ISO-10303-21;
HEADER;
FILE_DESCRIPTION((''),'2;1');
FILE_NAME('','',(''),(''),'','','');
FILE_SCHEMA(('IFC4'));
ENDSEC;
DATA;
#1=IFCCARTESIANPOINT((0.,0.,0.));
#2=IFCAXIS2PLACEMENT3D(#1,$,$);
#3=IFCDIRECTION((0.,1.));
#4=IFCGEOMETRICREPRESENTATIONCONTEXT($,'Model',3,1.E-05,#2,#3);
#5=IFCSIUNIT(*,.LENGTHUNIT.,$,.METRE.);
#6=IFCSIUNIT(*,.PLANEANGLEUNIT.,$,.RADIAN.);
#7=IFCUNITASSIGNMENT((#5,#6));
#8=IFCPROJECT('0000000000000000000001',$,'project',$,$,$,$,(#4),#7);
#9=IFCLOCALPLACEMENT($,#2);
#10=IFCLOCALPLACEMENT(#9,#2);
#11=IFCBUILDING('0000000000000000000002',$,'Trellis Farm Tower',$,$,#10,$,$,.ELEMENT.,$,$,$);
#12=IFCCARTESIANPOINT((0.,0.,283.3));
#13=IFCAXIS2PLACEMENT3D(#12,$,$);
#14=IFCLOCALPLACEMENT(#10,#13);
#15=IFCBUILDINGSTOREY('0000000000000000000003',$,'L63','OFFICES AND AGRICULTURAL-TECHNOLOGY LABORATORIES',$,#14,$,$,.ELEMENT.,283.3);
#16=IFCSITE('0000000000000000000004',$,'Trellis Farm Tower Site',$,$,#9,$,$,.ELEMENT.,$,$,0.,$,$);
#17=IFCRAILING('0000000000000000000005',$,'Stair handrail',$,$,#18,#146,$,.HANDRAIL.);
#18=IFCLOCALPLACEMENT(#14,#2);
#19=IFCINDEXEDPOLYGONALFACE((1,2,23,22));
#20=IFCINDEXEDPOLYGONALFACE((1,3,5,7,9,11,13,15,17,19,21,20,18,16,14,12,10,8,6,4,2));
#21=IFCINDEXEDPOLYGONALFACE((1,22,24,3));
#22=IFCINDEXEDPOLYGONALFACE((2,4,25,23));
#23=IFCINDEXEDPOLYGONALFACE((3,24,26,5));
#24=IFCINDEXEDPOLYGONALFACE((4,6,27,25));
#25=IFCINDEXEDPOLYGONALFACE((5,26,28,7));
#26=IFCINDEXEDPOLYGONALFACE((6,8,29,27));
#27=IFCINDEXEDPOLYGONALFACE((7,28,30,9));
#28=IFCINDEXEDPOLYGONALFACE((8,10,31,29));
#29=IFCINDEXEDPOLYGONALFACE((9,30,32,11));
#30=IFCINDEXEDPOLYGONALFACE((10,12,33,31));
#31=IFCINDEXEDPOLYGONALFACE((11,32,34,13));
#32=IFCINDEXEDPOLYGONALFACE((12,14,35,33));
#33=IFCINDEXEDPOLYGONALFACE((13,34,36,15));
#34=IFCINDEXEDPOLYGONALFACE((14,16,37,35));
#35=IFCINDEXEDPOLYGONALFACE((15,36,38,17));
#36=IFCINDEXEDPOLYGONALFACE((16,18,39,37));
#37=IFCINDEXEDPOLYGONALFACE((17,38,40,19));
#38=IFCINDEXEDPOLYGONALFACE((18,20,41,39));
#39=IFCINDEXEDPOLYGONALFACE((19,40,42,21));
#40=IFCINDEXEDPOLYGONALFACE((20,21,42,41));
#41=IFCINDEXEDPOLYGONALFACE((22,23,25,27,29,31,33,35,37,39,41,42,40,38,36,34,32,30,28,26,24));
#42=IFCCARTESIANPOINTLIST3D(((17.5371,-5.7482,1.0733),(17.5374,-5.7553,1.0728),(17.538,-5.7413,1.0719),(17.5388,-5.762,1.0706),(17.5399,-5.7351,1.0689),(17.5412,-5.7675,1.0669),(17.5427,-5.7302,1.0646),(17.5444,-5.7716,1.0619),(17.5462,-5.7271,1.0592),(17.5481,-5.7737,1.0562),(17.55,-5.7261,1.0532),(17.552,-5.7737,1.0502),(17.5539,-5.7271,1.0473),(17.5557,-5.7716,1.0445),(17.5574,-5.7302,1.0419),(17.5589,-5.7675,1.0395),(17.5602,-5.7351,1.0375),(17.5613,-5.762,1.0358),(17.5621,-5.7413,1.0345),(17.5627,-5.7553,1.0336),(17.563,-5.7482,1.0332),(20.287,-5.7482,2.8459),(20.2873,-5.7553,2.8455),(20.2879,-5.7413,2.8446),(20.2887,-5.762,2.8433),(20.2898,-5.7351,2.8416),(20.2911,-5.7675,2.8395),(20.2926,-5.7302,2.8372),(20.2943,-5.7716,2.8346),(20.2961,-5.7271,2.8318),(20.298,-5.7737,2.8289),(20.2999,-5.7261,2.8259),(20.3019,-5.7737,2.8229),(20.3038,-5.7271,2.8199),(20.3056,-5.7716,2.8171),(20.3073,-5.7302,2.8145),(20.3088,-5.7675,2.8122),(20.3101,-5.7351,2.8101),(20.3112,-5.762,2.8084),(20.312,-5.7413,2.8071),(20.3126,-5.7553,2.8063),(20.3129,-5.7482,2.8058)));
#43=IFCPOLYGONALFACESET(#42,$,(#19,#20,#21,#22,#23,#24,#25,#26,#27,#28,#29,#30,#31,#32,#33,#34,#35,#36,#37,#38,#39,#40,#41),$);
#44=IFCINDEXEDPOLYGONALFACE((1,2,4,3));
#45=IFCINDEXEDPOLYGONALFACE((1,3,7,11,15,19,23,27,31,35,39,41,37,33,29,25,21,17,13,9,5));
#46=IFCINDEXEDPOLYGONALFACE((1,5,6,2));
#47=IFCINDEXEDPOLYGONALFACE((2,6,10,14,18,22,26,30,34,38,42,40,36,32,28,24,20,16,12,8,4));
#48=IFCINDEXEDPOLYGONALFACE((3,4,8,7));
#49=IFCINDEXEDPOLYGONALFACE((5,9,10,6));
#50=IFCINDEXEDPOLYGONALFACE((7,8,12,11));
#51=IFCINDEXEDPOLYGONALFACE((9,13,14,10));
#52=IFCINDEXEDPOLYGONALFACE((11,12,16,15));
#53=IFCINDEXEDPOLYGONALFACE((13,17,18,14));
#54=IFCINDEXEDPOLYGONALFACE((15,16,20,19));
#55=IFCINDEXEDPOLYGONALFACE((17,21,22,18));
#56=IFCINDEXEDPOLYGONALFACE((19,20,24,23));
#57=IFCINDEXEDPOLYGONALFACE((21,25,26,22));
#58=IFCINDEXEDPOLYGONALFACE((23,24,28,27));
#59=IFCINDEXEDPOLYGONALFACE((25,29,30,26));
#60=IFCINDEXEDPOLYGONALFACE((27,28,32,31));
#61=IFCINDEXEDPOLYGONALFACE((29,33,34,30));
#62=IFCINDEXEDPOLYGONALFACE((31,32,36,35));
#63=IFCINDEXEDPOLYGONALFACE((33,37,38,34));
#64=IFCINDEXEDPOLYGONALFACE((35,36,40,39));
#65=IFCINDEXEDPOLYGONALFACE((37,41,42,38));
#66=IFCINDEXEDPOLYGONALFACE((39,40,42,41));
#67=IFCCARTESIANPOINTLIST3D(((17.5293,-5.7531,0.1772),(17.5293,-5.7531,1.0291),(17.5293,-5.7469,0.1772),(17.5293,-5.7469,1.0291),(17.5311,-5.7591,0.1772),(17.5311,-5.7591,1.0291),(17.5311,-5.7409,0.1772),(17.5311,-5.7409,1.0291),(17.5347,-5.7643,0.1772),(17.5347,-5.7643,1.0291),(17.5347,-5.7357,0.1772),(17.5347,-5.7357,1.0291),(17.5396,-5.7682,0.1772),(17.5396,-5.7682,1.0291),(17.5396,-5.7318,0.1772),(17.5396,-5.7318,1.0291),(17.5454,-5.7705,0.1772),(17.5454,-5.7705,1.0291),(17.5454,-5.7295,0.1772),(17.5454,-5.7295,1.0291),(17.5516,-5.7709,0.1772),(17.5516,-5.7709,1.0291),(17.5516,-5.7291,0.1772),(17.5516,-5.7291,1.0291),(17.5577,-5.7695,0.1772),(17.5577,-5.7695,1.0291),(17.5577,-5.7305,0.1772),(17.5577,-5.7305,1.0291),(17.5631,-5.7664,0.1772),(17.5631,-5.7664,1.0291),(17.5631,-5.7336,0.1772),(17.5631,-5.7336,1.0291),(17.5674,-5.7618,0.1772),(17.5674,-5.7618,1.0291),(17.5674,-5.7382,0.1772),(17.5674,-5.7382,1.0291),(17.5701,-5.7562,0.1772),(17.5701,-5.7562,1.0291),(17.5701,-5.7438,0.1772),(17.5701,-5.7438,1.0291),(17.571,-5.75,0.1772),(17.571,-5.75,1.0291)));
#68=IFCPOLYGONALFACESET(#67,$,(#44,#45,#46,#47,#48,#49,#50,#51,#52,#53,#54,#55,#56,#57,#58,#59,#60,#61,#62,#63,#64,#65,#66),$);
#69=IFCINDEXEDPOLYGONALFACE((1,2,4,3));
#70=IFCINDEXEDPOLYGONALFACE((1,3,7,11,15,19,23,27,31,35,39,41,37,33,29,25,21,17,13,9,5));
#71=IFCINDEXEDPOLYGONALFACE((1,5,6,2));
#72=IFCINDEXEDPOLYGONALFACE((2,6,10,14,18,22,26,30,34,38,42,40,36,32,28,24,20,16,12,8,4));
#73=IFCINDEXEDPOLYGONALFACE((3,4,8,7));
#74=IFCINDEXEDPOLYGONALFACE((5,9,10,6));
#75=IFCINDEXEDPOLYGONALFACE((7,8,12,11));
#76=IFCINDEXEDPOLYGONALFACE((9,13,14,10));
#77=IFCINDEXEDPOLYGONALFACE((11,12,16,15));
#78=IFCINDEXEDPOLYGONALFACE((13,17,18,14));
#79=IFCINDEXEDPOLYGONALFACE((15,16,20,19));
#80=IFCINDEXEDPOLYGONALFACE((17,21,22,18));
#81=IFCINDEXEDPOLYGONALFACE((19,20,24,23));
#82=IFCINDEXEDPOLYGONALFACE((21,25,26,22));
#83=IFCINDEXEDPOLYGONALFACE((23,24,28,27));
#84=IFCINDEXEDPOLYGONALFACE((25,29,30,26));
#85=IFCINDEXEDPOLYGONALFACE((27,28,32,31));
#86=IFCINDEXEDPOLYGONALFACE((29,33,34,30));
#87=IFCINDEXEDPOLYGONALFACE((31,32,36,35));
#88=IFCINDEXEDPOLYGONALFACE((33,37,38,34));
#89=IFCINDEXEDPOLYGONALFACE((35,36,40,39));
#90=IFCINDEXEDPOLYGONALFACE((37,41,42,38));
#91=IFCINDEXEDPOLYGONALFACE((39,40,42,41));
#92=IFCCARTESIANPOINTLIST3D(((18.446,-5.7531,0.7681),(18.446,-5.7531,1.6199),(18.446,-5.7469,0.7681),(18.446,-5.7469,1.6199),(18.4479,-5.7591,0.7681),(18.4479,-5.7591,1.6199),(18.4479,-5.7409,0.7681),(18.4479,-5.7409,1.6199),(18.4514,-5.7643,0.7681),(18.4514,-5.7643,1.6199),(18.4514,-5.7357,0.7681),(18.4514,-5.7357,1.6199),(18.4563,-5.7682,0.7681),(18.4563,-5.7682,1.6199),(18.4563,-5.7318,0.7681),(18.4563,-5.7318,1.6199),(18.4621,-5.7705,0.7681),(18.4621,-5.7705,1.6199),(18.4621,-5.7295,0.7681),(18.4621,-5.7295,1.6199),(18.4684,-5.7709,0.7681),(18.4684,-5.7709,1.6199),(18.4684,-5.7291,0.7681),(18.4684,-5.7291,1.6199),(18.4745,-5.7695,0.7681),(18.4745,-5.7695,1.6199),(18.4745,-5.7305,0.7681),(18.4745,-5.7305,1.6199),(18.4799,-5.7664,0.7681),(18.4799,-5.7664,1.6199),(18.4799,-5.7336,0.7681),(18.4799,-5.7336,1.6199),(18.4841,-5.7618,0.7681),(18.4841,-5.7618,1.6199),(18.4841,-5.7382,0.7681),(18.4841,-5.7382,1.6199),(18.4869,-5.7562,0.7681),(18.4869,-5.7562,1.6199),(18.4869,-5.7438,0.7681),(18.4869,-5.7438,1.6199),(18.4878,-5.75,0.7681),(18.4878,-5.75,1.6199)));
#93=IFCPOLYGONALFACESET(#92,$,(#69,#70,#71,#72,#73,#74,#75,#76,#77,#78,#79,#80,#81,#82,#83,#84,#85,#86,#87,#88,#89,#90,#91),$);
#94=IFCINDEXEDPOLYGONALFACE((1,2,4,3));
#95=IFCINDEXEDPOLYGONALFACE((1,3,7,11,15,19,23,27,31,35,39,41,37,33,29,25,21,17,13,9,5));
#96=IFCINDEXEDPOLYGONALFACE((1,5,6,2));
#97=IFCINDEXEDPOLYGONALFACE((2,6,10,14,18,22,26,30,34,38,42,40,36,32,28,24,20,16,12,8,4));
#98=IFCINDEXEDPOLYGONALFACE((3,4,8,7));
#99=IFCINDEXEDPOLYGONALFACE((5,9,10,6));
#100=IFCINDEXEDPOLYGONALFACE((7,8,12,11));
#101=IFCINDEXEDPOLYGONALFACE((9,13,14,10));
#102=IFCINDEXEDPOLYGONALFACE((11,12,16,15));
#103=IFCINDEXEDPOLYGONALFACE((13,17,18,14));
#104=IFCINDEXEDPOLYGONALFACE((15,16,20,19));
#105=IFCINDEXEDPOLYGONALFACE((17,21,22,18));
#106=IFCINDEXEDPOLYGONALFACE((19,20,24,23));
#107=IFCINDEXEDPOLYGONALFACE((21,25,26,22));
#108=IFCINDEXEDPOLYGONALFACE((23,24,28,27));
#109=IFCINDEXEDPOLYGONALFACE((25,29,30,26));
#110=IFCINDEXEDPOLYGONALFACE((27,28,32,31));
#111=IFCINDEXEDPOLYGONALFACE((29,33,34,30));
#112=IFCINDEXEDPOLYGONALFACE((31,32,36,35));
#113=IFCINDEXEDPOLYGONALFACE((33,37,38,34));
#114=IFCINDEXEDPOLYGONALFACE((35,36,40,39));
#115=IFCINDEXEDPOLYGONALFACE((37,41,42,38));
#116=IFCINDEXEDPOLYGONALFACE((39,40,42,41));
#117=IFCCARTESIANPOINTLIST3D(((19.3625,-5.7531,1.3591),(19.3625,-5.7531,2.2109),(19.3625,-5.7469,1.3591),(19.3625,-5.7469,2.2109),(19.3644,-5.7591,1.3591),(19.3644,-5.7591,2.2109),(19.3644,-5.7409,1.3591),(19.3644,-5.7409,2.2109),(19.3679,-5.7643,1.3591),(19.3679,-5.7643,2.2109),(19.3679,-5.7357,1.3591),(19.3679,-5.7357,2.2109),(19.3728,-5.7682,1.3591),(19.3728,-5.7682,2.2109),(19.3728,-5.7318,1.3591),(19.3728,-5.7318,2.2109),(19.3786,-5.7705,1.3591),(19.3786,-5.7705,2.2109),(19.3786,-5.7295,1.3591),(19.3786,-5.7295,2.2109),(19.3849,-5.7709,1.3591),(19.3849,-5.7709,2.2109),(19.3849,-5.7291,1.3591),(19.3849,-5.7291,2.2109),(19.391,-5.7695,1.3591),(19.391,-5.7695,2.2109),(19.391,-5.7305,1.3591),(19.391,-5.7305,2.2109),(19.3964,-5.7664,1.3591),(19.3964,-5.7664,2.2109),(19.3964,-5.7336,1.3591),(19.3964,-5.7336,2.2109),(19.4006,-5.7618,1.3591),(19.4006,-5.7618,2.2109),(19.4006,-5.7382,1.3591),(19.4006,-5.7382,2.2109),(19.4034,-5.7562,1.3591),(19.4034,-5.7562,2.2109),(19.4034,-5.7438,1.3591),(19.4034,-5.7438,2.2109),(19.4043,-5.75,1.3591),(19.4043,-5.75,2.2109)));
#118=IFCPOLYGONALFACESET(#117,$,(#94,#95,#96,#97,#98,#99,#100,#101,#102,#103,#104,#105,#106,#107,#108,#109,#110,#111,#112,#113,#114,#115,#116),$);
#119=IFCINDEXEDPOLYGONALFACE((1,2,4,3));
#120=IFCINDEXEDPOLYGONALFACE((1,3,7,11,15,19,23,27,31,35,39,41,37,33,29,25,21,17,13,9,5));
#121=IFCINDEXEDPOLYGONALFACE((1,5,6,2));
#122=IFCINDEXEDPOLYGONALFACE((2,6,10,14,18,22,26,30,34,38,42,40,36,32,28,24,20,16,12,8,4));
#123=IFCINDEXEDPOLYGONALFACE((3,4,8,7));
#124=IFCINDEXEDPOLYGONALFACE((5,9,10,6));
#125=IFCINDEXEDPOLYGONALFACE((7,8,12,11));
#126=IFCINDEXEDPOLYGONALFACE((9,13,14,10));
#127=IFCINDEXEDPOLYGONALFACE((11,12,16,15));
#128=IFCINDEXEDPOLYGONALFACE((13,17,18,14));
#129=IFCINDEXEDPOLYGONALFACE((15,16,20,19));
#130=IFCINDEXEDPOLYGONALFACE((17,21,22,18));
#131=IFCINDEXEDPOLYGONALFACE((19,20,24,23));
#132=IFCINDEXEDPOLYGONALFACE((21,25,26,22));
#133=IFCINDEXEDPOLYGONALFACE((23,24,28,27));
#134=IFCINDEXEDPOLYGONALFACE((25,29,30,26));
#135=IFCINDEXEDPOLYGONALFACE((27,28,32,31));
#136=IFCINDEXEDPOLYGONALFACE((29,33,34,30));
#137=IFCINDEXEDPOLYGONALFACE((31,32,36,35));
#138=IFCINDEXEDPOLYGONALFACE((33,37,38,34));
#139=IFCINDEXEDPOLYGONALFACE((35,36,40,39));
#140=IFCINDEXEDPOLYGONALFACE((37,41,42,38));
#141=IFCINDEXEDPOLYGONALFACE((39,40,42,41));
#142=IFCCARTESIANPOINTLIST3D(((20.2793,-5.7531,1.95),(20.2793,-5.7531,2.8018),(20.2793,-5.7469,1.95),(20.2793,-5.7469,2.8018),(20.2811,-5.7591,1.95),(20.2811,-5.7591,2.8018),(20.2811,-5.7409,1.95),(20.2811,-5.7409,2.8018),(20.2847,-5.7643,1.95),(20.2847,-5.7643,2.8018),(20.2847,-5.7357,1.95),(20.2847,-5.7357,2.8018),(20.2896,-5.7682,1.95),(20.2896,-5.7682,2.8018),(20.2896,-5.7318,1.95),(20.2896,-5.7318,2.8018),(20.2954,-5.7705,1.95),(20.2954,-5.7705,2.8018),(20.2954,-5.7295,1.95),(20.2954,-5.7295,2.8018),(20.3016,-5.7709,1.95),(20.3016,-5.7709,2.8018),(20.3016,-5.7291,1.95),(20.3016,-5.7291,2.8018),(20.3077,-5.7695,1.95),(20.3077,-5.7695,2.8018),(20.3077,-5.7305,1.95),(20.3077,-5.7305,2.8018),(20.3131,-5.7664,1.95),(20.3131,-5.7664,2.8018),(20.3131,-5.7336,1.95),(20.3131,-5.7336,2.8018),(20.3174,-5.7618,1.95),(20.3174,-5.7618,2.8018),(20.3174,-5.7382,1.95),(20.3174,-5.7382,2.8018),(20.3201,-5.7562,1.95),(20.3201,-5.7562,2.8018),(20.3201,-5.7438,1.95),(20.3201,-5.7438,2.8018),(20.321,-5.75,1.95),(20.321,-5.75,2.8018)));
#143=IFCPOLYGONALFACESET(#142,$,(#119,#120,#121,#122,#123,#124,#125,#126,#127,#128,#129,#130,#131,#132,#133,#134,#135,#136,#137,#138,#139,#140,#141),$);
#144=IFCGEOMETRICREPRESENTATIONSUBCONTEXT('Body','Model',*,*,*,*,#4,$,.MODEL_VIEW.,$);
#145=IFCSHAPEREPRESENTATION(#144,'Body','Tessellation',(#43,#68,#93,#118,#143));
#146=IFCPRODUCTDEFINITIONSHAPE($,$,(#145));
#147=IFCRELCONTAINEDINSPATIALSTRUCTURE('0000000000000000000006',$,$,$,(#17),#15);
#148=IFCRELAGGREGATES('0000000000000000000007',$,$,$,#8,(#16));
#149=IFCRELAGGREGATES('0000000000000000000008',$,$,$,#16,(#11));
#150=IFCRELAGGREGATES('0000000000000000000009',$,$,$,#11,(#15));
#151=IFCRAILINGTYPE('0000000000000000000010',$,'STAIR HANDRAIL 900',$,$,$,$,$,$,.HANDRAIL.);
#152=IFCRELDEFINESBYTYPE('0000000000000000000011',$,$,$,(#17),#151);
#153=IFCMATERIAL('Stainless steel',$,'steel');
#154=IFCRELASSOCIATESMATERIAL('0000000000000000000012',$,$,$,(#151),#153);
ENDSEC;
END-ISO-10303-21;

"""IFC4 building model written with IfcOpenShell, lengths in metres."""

from ifc_helpers import new_model, si_unit, direction, frame, origin, origin_2d, place, context, subcontext, project, spatial, circle, extrude, source, transform, mapped, material, type_object, element, save


model = new_model("IFC4")

# Units and contexts
model_context = context("Model", 3, precision=1e-05, world=origin(), true_north=direction((0.0, 1.0)))
body_context = subcontext(model_context, "Body", "Model", "MODEL_VIEW")
ifc_project = project(units=[si_unit("LENGTHUNIT", "METRE"), si_unit("PLANEANGLEUNIT", "RADIAN")], contexts=[model_context])

# Site, building, storey
site_placement = place(None, origin())
site = spatial("IfcSite", under=ifc_project, at=site_placement, Name="Trellis Farm Tower Site", CompositionType="ELEMENT", RefElevation=0.0)
building_placement = place(site_placement, origin())
building = spatial("IfcBuilding", under=site, at=building_placement, Name="Trellis Farm Tower", CompositionType="ELEMENT")
storey_placement = place(building_placement, frame((0.0, 0.0, 283.3)))
storey = spatial("IfcBuildingStorey", under=building, at=storey_placement, Name="L63", Description="OFFICES AND AGRICULTURAL-TECHNOLOGY LABORATORIES", CompositionType="ELEMENT", Elevation=283.3)

# Railing
ifc_material_1 = material(Name="Stainless steel", Category="steel")
railing_type = type_object("IfcRailingType", Name="STAIR HANDRAIL 900", PredefinedType="HANDRAIL", material=ifc_material_1)
shared_shape_1 = source(origin(), body_context, "Body", "SweptSolid", [
    extrude(circle(Radius=0.0239, at=origin_2d()), frame((0.0, 0.0, 0.876), z_axis=(0.840504, 0.0, 0.541806), x_axis=(0.0, 1.0, 0.0)), (0.0, 0.0, 1.0), 3.2717),
    extrude(circle(Radius=0.021, at=origin_2d()), origin(), (0.0, 0.0, 1.0), 0.8518),
    extrude(circle(Radius=0.021, at=origin_2d()), frame((0.9167, 0.0, 0.5908)), (0.0, 0.0, 1.0), 0.8518),
    extrude(circle(Radius=0.021, at=origin_2d()), frame((1.8333, 0.0, 1.1819)), (0.0, 0.0, 1.0), 0.8518),
    extrude(circle(Radius=0.021, at=origin_2d()), frame((2.75, 0.0, 1.7727)), (0.0, 0.0, 1.0), 0.8518),
])
railing_placement = place(storey_placement, frame((17.55, -5.75, 0.1772)))
element("IfcRailing", 1, at=railing_placement, inside=storey, type_object=railing_type, Name="Stair handrail", PredefinedType="HANDRAIL", context=body_context, shape_type="MappedRepresentation", body=[
    mapped(shared_shape_1, transform((0.0, 0.0, 0.0))),
])

save(model, "model.ifc")
